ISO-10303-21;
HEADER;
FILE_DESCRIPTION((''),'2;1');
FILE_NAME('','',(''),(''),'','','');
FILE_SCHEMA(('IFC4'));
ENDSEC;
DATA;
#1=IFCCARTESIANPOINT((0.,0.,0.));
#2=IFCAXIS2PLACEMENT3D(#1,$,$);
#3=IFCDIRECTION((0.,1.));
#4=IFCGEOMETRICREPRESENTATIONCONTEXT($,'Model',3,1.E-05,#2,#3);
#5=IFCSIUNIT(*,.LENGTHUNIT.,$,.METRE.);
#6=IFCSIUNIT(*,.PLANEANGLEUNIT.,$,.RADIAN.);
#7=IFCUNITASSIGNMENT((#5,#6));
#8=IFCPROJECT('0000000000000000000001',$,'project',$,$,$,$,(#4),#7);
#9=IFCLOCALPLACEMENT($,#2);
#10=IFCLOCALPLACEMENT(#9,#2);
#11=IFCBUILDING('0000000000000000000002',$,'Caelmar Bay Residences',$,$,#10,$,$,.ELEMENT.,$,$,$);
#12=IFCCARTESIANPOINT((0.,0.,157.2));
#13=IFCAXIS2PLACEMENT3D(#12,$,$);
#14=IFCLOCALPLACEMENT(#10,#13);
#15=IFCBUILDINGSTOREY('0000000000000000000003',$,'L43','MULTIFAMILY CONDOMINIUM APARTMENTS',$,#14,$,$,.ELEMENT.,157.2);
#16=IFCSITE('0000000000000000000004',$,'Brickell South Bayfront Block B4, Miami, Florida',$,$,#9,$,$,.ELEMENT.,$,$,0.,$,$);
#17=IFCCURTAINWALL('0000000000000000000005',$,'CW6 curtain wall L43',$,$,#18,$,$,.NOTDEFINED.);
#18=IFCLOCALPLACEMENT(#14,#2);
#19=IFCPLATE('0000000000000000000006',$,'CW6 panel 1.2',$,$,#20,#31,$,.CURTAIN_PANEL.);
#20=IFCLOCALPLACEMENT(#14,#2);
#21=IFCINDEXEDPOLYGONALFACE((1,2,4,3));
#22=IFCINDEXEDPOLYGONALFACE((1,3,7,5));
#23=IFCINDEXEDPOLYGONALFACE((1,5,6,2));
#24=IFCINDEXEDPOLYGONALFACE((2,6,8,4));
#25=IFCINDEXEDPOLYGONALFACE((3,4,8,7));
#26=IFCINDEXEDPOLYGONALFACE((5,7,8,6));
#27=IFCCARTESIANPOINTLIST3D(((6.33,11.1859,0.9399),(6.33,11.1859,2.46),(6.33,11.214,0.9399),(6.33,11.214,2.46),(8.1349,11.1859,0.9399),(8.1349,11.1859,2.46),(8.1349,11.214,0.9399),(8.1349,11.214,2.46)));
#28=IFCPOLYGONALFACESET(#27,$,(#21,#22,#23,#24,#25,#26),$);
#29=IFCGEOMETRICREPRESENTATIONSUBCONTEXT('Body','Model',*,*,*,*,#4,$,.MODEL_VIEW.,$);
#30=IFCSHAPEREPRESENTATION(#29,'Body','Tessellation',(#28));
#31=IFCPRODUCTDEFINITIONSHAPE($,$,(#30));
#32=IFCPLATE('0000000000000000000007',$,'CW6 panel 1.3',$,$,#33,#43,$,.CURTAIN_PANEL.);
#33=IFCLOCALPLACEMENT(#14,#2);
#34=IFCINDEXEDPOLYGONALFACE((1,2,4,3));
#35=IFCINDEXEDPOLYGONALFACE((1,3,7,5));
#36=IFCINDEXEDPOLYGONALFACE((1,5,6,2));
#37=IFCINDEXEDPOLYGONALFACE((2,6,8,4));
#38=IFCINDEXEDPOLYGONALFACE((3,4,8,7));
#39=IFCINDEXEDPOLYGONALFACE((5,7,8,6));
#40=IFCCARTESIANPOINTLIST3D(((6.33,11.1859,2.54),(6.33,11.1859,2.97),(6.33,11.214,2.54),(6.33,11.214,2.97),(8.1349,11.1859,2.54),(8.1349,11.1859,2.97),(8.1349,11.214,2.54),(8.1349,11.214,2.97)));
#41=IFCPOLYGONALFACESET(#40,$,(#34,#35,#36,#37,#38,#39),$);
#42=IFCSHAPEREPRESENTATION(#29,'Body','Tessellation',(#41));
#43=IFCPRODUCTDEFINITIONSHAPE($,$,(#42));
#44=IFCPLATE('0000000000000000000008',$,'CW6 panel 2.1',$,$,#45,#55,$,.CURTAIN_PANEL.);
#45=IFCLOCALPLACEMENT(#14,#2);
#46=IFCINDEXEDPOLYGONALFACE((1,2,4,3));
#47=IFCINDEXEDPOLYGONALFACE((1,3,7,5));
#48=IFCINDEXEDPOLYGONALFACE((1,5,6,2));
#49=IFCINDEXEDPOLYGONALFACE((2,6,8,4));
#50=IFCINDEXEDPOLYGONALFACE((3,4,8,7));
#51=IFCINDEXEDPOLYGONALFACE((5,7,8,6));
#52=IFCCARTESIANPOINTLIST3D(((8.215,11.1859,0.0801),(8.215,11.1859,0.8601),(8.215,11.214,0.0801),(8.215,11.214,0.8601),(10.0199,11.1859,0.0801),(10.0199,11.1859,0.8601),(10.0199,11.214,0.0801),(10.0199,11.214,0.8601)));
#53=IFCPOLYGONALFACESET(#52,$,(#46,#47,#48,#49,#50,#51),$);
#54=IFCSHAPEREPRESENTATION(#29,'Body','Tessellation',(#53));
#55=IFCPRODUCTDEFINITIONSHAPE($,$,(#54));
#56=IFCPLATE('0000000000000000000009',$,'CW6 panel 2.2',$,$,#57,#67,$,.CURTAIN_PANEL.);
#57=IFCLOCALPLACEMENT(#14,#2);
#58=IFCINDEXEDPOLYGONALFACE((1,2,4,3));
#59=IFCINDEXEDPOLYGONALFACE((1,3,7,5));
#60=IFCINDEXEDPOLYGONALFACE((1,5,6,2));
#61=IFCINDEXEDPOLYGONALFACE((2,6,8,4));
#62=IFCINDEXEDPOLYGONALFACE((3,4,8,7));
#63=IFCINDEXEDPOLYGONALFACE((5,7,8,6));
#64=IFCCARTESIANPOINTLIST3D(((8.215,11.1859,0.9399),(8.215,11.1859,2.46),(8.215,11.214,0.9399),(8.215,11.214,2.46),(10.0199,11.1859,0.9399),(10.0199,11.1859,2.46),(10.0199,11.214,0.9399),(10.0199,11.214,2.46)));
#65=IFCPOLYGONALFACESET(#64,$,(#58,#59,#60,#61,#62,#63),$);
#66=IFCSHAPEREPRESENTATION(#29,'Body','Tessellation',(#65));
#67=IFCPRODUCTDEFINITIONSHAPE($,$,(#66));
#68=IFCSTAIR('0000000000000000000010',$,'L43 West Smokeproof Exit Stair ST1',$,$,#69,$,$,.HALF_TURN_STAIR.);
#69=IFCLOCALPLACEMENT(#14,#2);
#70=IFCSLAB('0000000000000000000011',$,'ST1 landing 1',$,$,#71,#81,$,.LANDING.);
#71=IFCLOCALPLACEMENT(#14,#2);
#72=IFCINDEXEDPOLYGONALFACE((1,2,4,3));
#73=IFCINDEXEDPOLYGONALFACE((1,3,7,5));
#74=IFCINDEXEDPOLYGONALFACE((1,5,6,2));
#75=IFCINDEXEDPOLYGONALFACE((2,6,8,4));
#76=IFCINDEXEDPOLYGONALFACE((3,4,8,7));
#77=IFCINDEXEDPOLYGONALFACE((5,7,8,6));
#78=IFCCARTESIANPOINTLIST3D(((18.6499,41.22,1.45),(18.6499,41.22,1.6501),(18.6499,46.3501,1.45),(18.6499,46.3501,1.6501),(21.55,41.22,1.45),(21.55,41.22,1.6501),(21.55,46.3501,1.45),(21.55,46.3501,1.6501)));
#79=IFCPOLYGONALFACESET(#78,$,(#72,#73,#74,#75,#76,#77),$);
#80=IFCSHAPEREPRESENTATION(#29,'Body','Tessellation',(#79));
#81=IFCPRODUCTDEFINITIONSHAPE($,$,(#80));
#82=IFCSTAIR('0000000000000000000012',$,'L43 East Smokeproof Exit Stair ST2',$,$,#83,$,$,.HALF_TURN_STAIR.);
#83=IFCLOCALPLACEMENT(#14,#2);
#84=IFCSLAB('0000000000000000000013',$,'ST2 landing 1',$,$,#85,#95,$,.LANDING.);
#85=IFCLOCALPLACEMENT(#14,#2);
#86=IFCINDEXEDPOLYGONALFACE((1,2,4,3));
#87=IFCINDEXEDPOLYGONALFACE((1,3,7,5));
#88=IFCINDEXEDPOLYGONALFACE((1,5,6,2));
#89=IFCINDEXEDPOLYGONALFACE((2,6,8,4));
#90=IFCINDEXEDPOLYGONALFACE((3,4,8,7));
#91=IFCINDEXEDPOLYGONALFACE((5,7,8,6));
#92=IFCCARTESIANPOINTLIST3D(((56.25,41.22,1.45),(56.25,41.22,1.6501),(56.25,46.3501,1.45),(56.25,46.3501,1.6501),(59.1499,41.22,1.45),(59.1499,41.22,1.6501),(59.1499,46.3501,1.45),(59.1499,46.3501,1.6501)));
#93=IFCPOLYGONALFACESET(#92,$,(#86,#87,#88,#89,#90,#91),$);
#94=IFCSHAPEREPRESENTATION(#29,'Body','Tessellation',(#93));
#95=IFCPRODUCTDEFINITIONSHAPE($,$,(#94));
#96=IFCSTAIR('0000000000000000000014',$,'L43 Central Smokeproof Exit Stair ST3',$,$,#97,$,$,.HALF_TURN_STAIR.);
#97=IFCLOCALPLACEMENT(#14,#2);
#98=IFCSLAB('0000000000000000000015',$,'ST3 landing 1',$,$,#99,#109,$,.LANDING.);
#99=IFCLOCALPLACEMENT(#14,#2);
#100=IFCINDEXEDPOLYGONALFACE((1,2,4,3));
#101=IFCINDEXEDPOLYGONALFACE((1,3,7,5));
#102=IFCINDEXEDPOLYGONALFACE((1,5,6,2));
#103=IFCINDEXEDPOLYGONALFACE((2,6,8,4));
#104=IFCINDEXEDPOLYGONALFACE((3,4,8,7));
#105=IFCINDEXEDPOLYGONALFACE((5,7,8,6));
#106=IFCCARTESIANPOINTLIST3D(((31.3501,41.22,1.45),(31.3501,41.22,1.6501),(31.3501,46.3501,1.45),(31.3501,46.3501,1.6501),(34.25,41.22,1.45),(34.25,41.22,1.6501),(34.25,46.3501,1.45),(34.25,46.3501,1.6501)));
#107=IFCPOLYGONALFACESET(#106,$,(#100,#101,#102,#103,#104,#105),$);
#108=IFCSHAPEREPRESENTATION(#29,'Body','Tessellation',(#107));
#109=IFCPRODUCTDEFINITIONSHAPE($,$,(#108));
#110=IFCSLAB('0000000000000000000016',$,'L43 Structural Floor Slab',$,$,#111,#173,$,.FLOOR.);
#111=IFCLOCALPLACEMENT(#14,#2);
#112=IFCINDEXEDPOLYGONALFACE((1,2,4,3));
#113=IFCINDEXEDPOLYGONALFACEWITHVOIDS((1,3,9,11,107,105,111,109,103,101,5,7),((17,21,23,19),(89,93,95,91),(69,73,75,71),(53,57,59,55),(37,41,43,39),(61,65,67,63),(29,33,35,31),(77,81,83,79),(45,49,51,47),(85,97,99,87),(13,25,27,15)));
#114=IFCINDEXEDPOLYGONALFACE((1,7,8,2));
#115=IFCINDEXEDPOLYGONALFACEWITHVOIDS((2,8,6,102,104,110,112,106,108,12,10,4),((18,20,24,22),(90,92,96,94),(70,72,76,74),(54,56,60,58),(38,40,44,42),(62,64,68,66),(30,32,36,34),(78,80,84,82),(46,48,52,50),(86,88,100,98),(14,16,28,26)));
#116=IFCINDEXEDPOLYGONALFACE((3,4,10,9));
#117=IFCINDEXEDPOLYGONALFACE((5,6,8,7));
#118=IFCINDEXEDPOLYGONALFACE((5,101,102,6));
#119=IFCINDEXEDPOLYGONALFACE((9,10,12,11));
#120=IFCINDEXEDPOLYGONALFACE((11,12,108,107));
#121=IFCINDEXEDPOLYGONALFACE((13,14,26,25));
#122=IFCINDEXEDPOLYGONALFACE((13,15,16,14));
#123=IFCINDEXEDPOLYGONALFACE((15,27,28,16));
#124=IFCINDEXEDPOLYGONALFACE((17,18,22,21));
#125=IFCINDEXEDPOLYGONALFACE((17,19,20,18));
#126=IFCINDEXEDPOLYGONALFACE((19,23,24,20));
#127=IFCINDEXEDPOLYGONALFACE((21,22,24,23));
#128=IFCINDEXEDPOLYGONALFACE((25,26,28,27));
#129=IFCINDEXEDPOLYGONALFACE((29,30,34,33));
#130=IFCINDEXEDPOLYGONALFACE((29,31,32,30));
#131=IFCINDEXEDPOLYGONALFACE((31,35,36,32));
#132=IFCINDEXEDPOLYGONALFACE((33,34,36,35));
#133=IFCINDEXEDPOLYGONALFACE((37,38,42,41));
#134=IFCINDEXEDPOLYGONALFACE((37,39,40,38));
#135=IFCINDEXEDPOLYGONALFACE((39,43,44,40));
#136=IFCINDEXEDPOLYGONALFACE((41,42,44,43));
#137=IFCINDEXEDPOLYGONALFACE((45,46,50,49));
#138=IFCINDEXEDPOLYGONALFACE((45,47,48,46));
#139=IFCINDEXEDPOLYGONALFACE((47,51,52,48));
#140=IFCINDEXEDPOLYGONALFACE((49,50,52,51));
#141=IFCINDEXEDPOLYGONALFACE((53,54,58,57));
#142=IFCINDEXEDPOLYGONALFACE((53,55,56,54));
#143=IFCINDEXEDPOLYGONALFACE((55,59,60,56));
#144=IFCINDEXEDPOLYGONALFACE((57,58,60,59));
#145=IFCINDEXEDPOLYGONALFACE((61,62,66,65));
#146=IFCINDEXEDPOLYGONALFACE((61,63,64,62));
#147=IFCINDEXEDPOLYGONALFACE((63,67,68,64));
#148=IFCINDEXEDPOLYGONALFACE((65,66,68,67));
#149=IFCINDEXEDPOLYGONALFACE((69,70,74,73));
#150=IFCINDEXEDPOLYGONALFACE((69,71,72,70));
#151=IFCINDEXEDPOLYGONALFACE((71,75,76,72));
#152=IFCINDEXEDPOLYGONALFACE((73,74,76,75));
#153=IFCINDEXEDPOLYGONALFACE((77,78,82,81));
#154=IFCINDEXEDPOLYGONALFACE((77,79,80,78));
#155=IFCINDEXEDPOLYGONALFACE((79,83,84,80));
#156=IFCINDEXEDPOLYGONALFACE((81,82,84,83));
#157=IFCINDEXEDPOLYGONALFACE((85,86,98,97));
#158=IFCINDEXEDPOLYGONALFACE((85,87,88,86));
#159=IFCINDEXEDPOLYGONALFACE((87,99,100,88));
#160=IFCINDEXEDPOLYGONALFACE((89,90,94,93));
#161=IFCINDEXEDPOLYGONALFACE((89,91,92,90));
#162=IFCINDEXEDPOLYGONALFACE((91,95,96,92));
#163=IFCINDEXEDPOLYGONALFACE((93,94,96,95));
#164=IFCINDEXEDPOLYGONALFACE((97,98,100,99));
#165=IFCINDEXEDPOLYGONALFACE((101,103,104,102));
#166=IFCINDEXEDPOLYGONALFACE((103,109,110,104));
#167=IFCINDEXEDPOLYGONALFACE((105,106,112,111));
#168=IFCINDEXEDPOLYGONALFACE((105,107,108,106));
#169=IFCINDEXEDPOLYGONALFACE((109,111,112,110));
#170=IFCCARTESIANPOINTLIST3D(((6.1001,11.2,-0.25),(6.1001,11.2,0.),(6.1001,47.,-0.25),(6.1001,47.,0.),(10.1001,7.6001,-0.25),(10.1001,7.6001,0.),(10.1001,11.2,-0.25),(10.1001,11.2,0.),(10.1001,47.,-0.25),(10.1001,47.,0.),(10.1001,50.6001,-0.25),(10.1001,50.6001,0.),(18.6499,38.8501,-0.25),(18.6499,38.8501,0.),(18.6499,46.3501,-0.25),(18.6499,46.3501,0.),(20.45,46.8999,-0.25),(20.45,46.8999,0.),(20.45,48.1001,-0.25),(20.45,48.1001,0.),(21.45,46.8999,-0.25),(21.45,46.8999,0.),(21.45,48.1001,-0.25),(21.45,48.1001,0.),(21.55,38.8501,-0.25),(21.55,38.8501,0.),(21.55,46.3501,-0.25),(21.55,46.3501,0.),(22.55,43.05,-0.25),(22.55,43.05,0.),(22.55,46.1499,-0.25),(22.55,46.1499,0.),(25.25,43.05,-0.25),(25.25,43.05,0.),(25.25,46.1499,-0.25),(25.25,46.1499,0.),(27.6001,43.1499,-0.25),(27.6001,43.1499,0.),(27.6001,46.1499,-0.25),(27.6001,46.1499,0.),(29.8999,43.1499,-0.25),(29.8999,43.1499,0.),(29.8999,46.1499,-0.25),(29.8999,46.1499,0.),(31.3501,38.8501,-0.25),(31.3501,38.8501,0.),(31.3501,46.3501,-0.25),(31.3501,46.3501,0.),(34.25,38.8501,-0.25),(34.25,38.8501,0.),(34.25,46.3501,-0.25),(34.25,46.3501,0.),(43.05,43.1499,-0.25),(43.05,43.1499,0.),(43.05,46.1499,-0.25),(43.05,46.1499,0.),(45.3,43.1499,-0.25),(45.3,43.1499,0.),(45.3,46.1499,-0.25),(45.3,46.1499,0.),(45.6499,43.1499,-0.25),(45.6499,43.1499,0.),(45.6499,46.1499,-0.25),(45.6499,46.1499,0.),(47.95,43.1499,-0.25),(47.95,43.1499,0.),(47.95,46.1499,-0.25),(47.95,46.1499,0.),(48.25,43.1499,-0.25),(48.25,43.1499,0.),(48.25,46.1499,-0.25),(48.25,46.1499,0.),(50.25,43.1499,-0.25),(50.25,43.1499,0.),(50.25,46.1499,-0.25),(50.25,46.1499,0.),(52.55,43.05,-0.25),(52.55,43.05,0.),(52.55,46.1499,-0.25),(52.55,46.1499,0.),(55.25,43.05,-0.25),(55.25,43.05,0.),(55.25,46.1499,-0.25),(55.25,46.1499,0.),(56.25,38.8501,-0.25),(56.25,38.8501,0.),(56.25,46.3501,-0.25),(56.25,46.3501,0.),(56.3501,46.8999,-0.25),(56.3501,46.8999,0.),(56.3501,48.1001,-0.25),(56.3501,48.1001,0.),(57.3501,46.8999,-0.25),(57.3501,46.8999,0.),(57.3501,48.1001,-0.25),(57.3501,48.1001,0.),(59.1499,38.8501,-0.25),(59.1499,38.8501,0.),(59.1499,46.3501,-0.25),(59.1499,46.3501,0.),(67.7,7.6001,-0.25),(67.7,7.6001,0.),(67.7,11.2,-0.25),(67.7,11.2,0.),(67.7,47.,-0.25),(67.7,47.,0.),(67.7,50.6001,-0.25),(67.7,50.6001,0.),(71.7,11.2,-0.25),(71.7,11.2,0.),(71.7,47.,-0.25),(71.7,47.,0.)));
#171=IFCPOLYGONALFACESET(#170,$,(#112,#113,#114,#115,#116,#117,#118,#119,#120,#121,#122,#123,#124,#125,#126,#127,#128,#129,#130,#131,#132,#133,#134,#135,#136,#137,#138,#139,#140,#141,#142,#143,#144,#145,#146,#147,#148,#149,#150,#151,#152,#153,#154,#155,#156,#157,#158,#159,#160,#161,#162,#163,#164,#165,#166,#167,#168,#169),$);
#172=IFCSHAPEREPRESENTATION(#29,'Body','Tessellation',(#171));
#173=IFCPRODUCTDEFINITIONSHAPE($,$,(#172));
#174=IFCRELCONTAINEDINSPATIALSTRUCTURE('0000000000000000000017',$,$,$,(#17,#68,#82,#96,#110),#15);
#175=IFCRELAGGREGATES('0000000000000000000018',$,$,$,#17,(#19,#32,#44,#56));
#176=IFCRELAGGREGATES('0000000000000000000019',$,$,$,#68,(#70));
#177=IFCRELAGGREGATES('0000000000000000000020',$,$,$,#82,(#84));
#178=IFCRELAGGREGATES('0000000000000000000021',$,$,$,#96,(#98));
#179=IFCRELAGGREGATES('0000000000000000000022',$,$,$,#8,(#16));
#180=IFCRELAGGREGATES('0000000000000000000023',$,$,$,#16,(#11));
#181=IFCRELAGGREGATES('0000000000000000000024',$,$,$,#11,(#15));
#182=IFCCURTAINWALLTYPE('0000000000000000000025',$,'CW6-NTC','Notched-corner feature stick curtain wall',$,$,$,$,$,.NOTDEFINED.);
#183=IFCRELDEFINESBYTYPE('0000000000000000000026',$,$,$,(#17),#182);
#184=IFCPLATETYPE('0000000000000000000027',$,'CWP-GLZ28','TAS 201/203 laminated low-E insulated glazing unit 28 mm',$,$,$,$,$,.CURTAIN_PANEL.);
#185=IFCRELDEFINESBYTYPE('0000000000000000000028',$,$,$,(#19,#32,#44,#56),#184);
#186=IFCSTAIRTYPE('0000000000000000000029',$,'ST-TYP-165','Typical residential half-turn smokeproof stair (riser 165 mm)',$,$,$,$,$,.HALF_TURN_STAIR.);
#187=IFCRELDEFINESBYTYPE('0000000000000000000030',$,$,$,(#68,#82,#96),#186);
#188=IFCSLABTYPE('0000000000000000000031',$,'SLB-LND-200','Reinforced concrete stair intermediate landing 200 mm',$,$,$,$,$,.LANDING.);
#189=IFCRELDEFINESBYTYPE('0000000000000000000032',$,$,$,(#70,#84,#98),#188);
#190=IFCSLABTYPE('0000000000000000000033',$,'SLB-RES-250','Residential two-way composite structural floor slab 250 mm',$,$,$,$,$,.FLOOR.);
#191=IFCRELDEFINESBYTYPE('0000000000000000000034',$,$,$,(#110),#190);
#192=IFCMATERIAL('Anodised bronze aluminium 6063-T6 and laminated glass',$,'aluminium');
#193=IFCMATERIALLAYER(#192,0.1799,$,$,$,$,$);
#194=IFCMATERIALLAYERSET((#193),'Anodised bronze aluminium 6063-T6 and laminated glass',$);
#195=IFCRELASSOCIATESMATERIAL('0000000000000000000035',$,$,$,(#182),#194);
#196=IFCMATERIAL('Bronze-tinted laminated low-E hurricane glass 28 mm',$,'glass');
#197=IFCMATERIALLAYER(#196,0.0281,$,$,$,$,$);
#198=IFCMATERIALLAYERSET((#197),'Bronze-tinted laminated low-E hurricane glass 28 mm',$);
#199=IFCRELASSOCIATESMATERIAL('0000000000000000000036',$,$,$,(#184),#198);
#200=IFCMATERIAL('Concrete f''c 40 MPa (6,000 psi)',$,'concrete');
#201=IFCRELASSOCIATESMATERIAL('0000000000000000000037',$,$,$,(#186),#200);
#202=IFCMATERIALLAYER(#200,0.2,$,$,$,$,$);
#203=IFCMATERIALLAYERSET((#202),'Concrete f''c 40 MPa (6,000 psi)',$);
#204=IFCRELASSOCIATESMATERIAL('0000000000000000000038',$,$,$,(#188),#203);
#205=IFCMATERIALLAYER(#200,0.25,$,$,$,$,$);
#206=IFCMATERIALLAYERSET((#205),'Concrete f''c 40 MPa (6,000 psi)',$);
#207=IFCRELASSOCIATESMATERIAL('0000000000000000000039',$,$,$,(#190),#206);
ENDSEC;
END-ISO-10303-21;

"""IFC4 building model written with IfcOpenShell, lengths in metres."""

from ifc_helpers import new_model, si_unit, direction, frame, origin, origin_2d, place, context, subcontext, project, spatial, polyline, rectangle, outline, extrude, material, layer, layer_set, type_object, element, aggregate, save


model = new_model("IFC4")

# Units and contexts
model_context = context("Model", 3, precision=1e-05, world=origin(), true_north=direction((0.0, 1.0)))
body_context = subcontext(model_context, "Body", "Model", "MODEL_VIEW")
ifc_project = project(units=[si_unit("LENGTHUNIT", "METRE"), si_unit("PLANEANGLEUNIT", "RADIAN")], contexts=[model_context])

# Site, building, storey
site_placement = place(None, origin())
site = spatial("IfcSite", under=ifc_project, at=site_placement, Name="Brickell South Bayfront Block B4, Miami, Florida", CompositionType="ELEMENT", RefElevation=0.0)
building_placement = place(site_placement, origin())
building = spatial("IfcBuilding", under=site, at=building_placement, Name="Caelmar Bay Residences", CompositionType="ELEMENT")
storey_placement = place(building_placement, frame((0.0, 0.0, 157.2)))
storey = spatial("IfcBuildingStorey", under=building, at=storey_placement, Name="L43", Description="MULTIFAMILY CONDOMINIUM APARTMENTS", CompositionType="ELEMENT", Elevation=157.2)

# Curtain wall
ifc_material_1 = material(Name="Anodised bronze aluminium 6063-T6 and laminated glass", Category="aluminium")
ifc_layer_1 = layer(ifc_material_1, 0.1799)
ifc_layer_set_1 = layer_set([ifc_layer_1], Name="Anodised bronze aluminium 6063-T6 and laminated glass")
curtain_wall_type_1 = type_object("IfcCurtainWallType", Name="CW6-NTC", Description="Notched-corner feature stick curtain wall", PredefinedType="NOTDEFINED", material=ifc_layer_set_1)
curtain_wall_1_placement = place(storey_placement, origin())
curtain_wall_1 = element("IfcCurtainWall", 1, at=curtain_wall_1_placement, inside=storey, type_object=curtain_wall_type_1, Name="CW6 curtain wall L43", PredefinedType="NOTDEFINED")

# Plates
ifc_material_2 = material(Name="Bronze-tinted laminated low-E hurricane glass 28 mm", Category="glass")
ifc_layer_2 = layer(ifc_material_2, 0.0281)
ifc_layer_set_2 = layer_set([ifc_layer_2], Name="Bronze-tinted laminated low-E hurricane glass 28 mm")
plate_type = type_object("IfcPlateType", Name="CWP-GLZ28", Description="TAS 201/203 laminated low-E insulated glazing unit 28 mm", PredefinedType="CURTAIN_PANEL", material=ifc_layer_set_2)
plate_1_placement = place(storey_placement, frame((7.2324, 11.2, 0.9399), z_axis=(0.0, 0.0, 1.0), x_axis=(1.0, 0.0, 0.0)))
plate_1 = element("IfcPlate", 2, at=plate_1_placement, type_object=plate_type, Name="CW6 panel 1.2", PredefinedType="CURTAIN_PANEL", context=body_context, shape_type="SweptSolid", body=[
    extrude(rectangle(XDim=1.8049, YDim=0.0281, at=origin_2d()), origin(), (0.0, 0.0, 1.0), 1.52),
])
plate_2_placement = place(storey_placement, frame((7.2324, 11.2, 2.54), z_axis=(0.0, 0.0, 1.0), x_axis=(1.0, 0.0, 0.0)))
plate_2 = element("IfcPlate", 3, at=plate_2_placement, type_object=plate_type, Name="CW6 panel 1.3", PredefinedType="CURTAIN_PANEL", context=body_context, shape_type="SweptSolid", body=[
    extrude(rectangle(XDim=1.8049, YDim=0.0281, at=origin_2d()), origin(), (0.0, 0.0, 1.0), 0.4299),
])
plate_3_placement = place(storey_placement, frame((9.1174, 11.2, 0.0801), z_axis=(0.0, 0.0, 1.0), x_axis=(1.0, 0.0, 0.0)))
plate_3 = element("IfcPlate", 4, at=plate_3_placement, type_object=plate_type, Name="CW6 panel 2.1", PredefinedType="CURTAIN_PANEL", context=body_context, shape_type="SweptSolid", body=[
    extrude(rectangle(XDim=1.8049, YDim=0.0281, at=origin_2d()), origin(), (0.0, 0.0, 1.0), 0.78),
])
plate_4_placement = place(storey_placement, frame((9.1174, 11.2, 0.9399), z_axis=(0.0, 0.0, 1.0), x_axis=(1.0, 0.0, 0.0)))
plate_4 = element("IfcPlate", 5, at=plate_4_placement, type_object=plate_type, Name="CW6 panel 2.2", PredefinedType="CURTAIN_PANEL", context=body_context, shape_type="SweptSolid", body=[
    extrude(rectangle(XDim=1.8049, YDim=0.0281, at=origin_2d()), origin(), (0.0, 0.0, 1.0), 1.52),
])
aggregate(curtain_wall_1, [plate_1, plate_2, plate_3, plate_4])

# Stairs, slabs
ifc_material_3 = material(Name="Concrete f'c 40 MPa (6,000 psi)", Category="concrete")
stair_type = type_object("IfcStairType", Name="ST-TYP-165", Description="Typical residential half-turn smokeproof stair (riser 165 mm)", PredefinedType="HALF_TURN_STAIR", material=ifc_material_3)
stair_1_placement = place(storey_placement, origin())
stair_1 = element("IfcStair", 6, at=stair_1_placement, inside=storey, type_object=stair_type, Name="L43 West Smokeproof Exit Stair ST1", PredefinedType="HALF_TURN_STAIR")
ifc_layer_3 = layer(ifc_material_3, 0.2)
ifc_layer_set_3 = layer_set([ifc_layer_3], Name="Concrete f'c 40 MPa (6,000 psi)")
slab_type_1 = type_object("IfcSlabType", Name="SLB-LND-200", Description="Reinforced concrete stair intermediate landing 200 mm", PredefinedType="LANDING", material=ifc_layer_set_3)
slab_1_placement = place(storey_placement, frame((0.0, 0.0, 1.45)))
slab_1 = element("IfcSlab", 7, at=slab_1_placement, type_object=slab_type_1, Name="ST1 landing 1", PredefinedType="LANDING", context=body_context, shape_type="SweptSolid", body=[
    extrude(outline(polyline([(21.55, 41.22), (21.55, 46.3501), (18.6499, 46.3501), (18.6499, 41.22), (21.55, 41.22)])), origin(), (0.0, 0.0, 1.0), 0.2002),
])
aggregate(stair_1, [slab_1])
stair_2_placement = place(storey_placement, origin())
stair_2 = element("IfcStair", 8, at=stair_2_placement, inside=storey, type_object=stair_type, Name="L43 East Smokeproof Exit Stair ST2", PredefinedType="HALF_TURN_STAIR")
slab_2_placement = place(storey_placement, frame((0.0, 0.0, 1.45)))
slab_2 = element("IfcSlab", 9, at=slab_2_placement, type_object=slab_type_1, Name="ST2 landing 1", PredefinedType="LANDING", context=body_context, shape_type="SweptSolid", body=[
    extrude(outline(polyline([(59.1499, 41.22), (59.1499, 46.3501), (56.25, 46.3501), (56.25, 41.22), (59.1499, 41.22)])), origin(), (0.0, 0.0, 1.0), 0.2002),
])
aggregate(stair_2, [slab_2])
stair_3_placement = place(storey_placement, origin())
stair_3 = element("IfcStair", 10, at=stair_3_placement, inside=storey, type_object=stair_type, Name="L43 Central Smokeproof Exit Stair ST3", PredefinedType="HALF_TURN_STAIR")
slab_3_placement = place(storey_placement, frame((0.0, 0.0, 1.45)))
slab_3 = element("IfcSlab", 11, at=slab_3_placement, type_object=slab_type_1, Name="ST3 landing 1", PredefinedType="LANDING", context=body_context, shape_type="SweptSolid", body=[
    extrude(outline(polyline([(34.25, 41.22), (34.25, 46.3501), (31.3501, 46.3501), (31.3501, 41.22), (34.25, 41.22)])), origin(), (0.0, 0.0, 1.0), 0.2002),
])
aggregate(stair_3, [slab_3])

# Slab
ifc_layer_4 = layer(ifc_material_3, 0.25)
ifc_layer_set_4 = layer_set([ifc_layer_4], Name="Concrete f'c 40 MPa (6,000 psi)")
slab_type_2 = type_object("IfcSlabType", Name="SLB-RES-250", Description="Residential two-way composite structural floor slab 250 mm", PredefinedType="FLOOR", material=ifc_layer_set_4)
slab_4_placement = place(storey_placement, frame((0.0, 0.0, -0.25)))
element("IfcSlab", 12, at=slab_4_placement, inside=storey, type_object=slab_type_2, Name="L43 Structural Floor Slab", PredefinedType="FLOOR", context=body_context, shape_type="SweptSolid", body=[
    extrude(outline(polyline([(10.1001, 7.6001), (67.7, 7.6001), (67.7, 11.2), (71.7, 11.2), (71.7, 47.0), (67.7, 47.0), (67.7, 50.6001), (10.1001, 50.6001), (10.1001, 47.0), (6.1001, 47.0), (6.1001, 11.2), (10.1001, 11.2), (10.1001, 7.6001)]), holes=[polyline([(18.6499, 38.8501), (21.55, 38.8501), (21.55, 46.3501), (18.6499, 46.3501), (18.6499, 38.8501)]), polyline([(56.25, 38.8501), (59.1499, 38.8501), (59.1499, 46.3501), (56.25, 46.3501), (56.25, 38.8501)]), polyline([(31.3501, 38.8501), (34.25, 38.8501), (34.25, 46.3501), (31.3501, 46.3501), (31.3501, 38.8501)]), polyline([(22.55, 43.05), (25.25, 43.05), (25.25, 46.1499), (22.55, 46.1499), (22.55, 43.05)]), polyline([(52.55, 43.05), (55.25, 43.05), (55.25, 46.1499), (52.55, 46.1499), (52.55, 43.05)]), polyline([(43.05, 43.1499), (45.3, 43.1499), (45.3, 46.1499), (43.05, 46.1499), (43.05, 43.1499)]), polyline([(45.6499, 43.1499), (47.95, 43.1499), (47.95, 46.1499), (45.6499, 46.1499), (45.6499, 43.1499)]), polyline([(48.25, 43.1499), (50.25, 43.1499), (50.25, 46.1499), (48.25, 46.1499), (48.25, 43.1499)]), polyline([(27.6001, 43.1499), (29.8999, 43.1499), (29.8999, 46.1499), (27.6001, 46.1499), (27.6001, 43.1499)]), polyline([(20.45, 46.8999), (21.45, 46.8999), (21.45, 48.1001), (20.45, 48.1001), (20.45, 46.8999)]), polyline([(56.3501, 46.8999), (57.3501, 46.8999), (57.3501, 48.1001), (56.3501, 48.1001), (56.3501, 46.8999)])]), origin(), (0.0, 0.0, 1.0), 0.25),
])

save(model, "model.ifc")
